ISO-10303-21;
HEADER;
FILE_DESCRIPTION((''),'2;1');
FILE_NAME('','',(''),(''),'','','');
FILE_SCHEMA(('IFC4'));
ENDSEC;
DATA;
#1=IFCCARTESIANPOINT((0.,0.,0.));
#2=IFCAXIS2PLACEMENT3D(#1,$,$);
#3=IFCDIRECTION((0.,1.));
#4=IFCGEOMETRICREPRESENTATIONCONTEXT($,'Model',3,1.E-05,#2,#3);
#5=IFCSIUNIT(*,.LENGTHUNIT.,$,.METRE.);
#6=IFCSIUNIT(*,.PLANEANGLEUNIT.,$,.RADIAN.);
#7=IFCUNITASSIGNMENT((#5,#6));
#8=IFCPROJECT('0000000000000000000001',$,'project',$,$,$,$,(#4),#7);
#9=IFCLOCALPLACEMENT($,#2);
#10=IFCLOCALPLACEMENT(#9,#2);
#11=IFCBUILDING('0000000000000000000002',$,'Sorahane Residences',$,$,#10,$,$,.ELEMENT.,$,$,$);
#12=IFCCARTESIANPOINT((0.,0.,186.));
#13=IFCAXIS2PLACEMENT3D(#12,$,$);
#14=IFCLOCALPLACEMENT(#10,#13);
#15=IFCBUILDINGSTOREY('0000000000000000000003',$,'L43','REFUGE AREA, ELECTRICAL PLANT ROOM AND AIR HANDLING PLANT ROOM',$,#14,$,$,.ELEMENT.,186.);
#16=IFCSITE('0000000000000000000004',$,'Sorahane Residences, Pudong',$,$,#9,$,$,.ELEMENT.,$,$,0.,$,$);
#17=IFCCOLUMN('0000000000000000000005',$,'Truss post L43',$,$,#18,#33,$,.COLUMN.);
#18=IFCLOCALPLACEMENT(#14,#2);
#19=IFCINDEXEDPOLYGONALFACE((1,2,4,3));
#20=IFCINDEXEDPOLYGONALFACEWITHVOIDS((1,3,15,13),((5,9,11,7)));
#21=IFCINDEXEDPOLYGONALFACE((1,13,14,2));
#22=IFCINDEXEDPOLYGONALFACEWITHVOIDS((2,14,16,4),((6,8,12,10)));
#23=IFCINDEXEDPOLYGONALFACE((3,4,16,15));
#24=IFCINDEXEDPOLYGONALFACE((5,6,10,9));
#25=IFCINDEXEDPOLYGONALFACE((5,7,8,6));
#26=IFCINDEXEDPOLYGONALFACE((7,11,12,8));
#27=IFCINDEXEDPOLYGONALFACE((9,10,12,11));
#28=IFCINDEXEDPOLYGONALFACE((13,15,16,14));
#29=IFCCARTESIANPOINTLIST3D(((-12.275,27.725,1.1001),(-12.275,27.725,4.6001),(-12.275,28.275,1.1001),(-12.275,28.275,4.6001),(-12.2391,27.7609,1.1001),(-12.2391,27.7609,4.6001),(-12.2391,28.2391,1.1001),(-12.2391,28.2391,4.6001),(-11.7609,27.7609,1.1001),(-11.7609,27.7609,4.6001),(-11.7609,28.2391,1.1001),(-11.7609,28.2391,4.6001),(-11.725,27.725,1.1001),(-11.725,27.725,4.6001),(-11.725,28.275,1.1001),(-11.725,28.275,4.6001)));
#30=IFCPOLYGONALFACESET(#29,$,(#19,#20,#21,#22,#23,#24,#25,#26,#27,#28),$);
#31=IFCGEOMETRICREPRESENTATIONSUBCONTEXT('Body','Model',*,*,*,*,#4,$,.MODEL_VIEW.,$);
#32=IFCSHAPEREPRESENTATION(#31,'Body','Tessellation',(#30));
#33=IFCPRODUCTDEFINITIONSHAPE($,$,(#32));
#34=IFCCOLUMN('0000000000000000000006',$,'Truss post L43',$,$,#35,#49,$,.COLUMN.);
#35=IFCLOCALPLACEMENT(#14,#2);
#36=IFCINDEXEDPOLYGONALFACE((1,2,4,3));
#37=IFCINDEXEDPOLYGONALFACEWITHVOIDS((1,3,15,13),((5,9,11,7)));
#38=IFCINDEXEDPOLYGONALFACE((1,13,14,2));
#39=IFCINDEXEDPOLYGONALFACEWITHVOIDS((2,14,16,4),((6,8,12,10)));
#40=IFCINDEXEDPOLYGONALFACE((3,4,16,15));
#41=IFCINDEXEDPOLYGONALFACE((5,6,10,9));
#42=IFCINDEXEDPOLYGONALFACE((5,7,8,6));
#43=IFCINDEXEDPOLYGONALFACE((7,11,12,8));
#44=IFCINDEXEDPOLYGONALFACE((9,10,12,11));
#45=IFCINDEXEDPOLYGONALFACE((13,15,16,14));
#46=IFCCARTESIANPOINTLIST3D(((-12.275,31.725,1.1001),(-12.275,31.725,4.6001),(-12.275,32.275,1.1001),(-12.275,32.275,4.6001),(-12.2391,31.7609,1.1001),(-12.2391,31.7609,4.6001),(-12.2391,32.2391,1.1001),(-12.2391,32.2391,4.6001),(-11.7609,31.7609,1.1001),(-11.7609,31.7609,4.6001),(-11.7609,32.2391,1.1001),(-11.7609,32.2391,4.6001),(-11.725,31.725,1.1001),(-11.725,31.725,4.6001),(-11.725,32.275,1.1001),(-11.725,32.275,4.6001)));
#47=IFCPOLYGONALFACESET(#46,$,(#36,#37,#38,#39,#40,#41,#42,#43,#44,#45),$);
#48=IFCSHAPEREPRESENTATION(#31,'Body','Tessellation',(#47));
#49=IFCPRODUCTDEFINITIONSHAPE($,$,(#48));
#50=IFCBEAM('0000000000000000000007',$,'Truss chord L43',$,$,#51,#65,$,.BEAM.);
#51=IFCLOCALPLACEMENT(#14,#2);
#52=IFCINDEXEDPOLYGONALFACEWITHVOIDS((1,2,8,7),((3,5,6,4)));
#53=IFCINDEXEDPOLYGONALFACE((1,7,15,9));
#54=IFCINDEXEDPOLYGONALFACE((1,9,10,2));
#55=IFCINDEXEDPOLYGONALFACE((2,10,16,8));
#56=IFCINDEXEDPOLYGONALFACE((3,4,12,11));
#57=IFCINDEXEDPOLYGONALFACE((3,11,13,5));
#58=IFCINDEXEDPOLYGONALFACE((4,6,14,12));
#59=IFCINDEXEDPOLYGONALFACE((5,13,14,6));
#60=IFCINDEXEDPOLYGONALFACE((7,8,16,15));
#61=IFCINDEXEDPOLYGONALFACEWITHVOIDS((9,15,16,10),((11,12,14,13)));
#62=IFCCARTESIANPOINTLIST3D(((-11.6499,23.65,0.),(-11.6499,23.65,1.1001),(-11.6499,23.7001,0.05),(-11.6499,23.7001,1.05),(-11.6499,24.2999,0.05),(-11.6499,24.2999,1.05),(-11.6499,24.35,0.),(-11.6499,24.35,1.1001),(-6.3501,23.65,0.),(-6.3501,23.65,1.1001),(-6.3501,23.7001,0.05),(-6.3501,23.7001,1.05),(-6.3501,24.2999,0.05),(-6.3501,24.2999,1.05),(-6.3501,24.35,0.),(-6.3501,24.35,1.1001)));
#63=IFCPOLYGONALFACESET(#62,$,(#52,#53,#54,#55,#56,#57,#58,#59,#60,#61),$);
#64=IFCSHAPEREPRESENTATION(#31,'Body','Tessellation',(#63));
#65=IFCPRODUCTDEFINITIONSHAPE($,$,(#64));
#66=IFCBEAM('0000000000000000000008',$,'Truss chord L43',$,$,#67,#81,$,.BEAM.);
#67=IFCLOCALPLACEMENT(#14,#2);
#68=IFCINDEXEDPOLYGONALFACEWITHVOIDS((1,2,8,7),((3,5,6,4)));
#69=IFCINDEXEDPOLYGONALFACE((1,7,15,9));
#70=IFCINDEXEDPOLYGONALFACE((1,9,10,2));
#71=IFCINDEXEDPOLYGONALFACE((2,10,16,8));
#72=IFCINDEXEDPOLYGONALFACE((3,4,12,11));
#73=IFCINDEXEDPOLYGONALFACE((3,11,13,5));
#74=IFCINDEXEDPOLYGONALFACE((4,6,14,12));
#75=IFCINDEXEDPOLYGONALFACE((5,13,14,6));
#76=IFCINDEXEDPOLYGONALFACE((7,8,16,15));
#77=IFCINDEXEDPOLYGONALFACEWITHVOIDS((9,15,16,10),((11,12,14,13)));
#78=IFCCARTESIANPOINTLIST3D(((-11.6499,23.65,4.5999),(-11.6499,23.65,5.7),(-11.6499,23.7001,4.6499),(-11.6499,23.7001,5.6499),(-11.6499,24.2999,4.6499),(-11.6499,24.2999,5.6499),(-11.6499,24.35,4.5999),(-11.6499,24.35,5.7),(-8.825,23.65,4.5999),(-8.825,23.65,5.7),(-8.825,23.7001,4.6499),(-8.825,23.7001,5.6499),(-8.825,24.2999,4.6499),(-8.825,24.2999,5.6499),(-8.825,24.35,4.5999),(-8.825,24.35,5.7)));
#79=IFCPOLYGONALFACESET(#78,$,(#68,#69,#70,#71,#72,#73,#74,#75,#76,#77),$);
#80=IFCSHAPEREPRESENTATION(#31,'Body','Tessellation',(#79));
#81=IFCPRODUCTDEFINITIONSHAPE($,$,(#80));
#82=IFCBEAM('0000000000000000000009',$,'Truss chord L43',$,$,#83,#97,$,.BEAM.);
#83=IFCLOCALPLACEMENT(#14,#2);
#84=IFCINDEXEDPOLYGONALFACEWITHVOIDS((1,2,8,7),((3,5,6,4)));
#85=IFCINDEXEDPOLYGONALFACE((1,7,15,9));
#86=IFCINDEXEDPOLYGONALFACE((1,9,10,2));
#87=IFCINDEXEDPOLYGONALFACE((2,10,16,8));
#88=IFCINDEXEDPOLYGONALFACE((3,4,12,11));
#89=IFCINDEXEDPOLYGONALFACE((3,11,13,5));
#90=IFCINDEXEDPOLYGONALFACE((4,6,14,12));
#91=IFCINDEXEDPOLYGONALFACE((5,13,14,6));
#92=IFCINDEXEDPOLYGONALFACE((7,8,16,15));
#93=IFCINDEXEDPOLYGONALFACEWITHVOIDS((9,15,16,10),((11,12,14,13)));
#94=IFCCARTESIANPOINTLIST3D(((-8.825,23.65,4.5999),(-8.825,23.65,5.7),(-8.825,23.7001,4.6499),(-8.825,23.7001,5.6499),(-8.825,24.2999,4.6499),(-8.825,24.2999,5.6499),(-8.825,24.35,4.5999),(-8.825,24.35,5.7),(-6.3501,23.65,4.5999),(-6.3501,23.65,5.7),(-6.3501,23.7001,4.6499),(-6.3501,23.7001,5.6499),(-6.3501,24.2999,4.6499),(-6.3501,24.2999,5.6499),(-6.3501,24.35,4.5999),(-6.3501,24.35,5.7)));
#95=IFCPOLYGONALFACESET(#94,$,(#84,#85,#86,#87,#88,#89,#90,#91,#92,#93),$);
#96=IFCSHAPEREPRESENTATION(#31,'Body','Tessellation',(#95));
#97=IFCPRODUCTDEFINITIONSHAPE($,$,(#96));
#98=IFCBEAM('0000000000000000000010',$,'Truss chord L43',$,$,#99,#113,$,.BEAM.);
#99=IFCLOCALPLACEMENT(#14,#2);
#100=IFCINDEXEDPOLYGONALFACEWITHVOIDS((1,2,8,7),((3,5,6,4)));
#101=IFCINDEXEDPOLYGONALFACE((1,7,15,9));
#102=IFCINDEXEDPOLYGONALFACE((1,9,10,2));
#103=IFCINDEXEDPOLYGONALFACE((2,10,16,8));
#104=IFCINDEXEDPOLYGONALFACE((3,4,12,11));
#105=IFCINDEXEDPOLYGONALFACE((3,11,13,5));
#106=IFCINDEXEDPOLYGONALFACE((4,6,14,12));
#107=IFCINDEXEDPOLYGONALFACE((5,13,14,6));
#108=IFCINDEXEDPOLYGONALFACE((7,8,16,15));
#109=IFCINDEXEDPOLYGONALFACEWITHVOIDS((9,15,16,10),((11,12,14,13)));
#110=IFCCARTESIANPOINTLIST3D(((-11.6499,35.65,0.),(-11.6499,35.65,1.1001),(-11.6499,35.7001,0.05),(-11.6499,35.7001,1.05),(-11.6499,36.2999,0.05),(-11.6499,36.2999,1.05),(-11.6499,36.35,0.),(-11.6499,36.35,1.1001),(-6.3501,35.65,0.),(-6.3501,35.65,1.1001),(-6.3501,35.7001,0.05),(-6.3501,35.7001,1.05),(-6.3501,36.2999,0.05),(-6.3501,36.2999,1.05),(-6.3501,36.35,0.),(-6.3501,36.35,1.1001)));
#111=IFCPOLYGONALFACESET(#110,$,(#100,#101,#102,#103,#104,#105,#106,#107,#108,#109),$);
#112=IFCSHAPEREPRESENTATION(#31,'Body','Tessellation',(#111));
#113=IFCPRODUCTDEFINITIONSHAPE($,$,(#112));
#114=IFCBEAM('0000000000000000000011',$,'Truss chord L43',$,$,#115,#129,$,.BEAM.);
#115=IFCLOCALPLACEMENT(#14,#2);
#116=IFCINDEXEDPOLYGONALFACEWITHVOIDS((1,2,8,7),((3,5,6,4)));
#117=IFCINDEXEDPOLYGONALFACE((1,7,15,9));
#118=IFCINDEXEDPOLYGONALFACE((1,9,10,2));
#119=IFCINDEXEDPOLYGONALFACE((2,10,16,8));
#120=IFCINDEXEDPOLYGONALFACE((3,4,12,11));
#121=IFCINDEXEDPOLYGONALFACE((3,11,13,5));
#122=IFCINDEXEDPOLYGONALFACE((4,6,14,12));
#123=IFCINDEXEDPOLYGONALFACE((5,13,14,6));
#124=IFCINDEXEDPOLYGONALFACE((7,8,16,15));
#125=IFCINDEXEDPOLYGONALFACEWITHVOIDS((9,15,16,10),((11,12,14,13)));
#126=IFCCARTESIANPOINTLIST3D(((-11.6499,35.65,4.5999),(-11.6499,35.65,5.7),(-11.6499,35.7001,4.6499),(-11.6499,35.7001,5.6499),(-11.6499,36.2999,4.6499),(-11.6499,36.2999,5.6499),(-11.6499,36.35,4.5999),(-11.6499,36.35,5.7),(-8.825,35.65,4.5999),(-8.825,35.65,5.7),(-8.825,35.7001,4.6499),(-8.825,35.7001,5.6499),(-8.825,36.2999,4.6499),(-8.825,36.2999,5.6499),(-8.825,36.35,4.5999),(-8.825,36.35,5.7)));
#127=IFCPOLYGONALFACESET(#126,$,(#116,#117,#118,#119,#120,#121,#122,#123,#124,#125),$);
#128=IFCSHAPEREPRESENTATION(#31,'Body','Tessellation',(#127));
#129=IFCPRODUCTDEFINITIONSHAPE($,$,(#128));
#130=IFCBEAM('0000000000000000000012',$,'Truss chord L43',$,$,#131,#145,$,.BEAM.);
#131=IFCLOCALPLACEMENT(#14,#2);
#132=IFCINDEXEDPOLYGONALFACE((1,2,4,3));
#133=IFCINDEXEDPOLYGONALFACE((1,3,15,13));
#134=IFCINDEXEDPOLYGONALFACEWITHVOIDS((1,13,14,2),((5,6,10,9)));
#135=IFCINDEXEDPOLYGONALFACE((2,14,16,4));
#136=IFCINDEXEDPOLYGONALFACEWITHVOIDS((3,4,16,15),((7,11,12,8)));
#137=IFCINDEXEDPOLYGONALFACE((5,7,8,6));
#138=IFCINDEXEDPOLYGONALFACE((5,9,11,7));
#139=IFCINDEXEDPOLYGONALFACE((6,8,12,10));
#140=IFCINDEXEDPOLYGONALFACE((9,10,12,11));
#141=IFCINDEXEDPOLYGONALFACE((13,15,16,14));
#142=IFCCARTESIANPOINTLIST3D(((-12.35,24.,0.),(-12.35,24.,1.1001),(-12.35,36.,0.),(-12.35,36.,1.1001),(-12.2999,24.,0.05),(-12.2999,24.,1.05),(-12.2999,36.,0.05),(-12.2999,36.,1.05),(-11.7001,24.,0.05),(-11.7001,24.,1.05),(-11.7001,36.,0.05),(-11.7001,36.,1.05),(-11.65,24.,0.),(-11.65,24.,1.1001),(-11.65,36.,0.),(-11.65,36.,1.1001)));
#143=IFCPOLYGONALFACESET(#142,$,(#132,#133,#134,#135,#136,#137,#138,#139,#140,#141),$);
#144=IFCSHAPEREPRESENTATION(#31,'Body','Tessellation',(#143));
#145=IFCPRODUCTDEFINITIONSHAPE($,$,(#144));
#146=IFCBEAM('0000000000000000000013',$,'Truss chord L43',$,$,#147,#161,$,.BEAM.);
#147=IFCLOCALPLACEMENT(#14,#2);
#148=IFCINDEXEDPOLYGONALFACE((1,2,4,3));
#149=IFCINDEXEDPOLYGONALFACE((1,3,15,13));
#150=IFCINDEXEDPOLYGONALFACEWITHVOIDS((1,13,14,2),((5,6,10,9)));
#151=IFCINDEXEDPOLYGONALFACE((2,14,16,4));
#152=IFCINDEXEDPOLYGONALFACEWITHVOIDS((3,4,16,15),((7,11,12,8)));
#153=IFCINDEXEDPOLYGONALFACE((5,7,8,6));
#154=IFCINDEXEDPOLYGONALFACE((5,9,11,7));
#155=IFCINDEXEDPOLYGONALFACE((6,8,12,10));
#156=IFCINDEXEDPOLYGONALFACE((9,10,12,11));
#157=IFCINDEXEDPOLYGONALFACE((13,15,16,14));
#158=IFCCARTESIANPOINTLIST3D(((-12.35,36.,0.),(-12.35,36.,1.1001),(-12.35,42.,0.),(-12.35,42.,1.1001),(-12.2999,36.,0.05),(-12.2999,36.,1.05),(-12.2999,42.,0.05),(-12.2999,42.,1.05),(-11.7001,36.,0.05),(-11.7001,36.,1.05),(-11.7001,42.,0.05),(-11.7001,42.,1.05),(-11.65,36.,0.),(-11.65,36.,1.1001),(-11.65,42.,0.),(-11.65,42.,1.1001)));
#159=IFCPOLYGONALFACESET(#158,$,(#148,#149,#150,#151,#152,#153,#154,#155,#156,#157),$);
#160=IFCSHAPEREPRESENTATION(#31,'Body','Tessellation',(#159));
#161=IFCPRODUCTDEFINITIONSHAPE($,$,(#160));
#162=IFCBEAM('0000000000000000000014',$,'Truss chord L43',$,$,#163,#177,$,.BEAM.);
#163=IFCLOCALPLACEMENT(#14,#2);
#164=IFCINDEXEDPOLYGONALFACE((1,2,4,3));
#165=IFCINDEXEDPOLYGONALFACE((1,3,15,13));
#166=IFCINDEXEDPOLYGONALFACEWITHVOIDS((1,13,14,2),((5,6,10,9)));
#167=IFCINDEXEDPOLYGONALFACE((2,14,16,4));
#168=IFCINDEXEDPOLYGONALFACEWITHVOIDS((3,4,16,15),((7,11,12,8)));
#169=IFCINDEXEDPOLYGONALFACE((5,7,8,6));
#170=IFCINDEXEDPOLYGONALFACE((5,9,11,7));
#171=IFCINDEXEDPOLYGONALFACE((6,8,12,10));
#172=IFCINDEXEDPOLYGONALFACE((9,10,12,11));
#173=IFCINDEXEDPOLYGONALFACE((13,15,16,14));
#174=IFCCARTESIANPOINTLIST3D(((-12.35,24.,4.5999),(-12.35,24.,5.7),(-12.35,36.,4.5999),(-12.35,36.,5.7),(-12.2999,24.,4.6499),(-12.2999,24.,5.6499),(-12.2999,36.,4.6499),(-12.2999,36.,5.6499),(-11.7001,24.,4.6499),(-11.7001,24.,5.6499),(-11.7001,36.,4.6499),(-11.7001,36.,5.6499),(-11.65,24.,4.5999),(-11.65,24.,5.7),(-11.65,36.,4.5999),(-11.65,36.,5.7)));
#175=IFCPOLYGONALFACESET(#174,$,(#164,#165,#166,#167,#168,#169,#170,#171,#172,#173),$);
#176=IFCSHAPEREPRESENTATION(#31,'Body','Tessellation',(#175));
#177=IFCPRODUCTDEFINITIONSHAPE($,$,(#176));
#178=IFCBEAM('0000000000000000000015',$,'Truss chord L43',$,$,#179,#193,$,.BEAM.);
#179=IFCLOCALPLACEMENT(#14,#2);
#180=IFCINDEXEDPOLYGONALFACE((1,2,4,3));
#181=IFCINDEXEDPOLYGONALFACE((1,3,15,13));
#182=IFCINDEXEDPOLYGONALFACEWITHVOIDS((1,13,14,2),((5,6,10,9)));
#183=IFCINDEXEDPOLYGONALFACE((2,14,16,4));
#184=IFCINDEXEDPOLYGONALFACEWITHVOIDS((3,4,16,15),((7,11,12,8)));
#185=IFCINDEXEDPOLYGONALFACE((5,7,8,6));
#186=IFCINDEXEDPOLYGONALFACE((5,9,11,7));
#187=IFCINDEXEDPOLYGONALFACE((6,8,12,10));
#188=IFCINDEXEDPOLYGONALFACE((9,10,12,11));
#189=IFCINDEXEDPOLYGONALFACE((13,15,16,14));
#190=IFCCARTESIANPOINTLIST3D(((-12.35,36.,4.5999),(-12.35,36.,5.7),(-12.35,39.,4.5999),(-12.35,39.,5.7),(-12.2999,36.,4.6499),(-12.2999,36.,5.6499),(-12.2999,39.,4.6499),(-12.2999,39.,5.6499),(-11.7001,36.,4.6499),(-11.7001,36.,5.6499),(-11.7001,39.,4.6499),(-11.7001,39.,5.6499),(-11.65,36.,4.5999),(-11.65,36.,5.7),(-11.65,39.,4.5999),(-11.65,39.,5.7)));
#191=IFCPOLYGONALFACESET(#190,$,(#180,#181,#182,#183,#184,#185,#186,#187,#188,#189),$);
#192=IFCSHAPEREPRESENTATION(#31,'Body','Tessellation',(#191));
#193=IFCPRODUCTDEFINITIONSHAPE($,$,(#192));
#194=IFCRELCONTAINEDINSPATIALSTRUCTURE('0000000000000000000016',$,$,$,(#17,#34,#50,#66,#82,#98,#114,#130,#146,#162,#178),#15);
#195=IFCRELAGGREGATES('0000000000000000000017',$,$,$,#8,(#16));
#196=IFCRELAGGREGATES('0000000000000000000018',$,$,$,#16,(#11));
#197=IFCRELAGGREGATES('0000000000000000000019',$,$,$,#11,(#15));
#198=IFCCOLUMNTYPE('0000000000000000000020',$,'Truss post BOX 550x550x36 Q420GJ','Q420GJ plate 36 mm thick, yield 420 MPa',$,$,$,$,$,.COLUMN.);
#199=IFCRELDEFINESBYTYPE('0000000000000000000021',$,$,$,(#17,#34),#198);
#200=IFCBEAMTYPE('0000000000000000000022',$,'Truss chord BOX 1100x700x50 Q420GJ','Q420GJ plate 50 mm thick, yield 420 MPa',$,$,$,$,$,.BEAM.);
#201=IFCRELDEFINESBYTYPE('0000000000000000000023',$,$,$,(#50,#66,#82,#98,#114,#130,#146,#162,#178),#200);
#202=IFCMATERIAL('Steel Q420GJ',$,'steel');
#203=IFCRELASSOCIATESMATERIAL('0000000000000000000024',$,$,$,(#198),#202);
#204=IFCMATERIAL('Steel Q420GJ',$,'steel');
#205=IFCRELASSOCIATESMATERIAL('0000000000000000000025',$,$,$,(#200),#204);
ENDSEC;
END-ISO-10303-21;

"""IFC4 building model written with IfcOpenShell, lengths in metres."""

from ifc_helpers import new_model, si_unit, direction, frame, origin, origin_2d, place, context, subcontext, project, spatial, hollow_rectangle, extrude, material, material_profile, profile_set, type_object, element, save


model = new_model("IFC4")

# Units and contexts
model_context = context("Model", 3, precision=1e-05, world=origin(), true_north=direction((0.0, 1.0)))
body_context = subcontext(model_context, "Body", "Model", "MODEL_VIEW")
ifc_project = project(units=[si_unit("LENGTHUNIT", "METRE"), si_unit("PLANEANGLEUNIT", "RADIAN")], contexts=[model_context])

# Site, building, storey
site_placement = place(None, origin())
site = spatial("IfcSite", under=ifc_project, at=site_placement, Name="Sorahane Residences, Pudong", CompositionType="ELEMENT", RefElevation=0.0)
building_placement = place(site_placement, origin())
building = spatial("IfcBuilding", under=site, at=building_placement, Name="Sorahane Residences", CompositionType="ELEMENT")
storey_placement = place(building_placement, frame((0.0, 0.0, 186.0)))
storey = spatial("IfcBuildingStorey", under=building, at=storey_placement, Name="L43", Description="REFUGE AREA, ELECTRICAL PLANT ROOM AND AIR HANDLING PLANT ROOM", CompositionType="ELEMENT", Elevation=186.0)

# Columns
ifc_material_1 = material(Name="Steel Q420GJ", Category="steel")
ifc_material_profile_1 = material_profile(ifc_material_1, hollow_rectangle(XDim=0.55, YDim=0.55, WallThickness=0.0359, at=origin_2d()), Name="BOX 550x550x36")
ifc_profile_set_1 = profile_set([ifc_material_profile_1], Name="Steel Q420GJ")
column_type = type_object("IfcColumnType", Name="Truss post BOX 550x550x36 Q420GJ", Description="Q420GJ plate 36 mm thick, yield 420 MPa", PredefinedType="COLUMN", material=ifc_profile_set_1)
for number, where, z_axis, x_axis, name in (
    (1, (-12.0, 28.0, 1.1001), (0.0, 0.0, 1.0), (1.0, 0.0, 0.0), "Truss post L43"),
    (2, (-12.0, 32.0, 1.1001), (0.0, 0.0, 1.0), (1.0, 0.0, 0.0), "Truss post L43"),
):
    element("IfcColumn", number, at=place(storey_placement, frame(where, z_axis=z_axis, x_axis=x_axis)), inside=storey, type_object=column_type, Name=name, PredefinedType="COLUMN", context=body_context, shape_type="SweptSolid", body=[
        extrude(hollow_rectangle(XDim=0.55, YDim=0.55, WallThickness=0.0359, at=origin_2d()), origin(), (0.0, 0.0, 1.0), 3.5),
    ])

# Beams
ifc_material_2 = material(Name="Steel Q420GJ", Category="steel")
ifc_material_profile_2 = material_profile(ifc_material_2, hollow_rectangle(XDim=0.7, YDim=1.1001, WallThickness=0.05, at=origin_2d()), Name="BOX 1100x700x50")
ifc_profile_set_2 = profile_set([ifc_material_profile_2], Name="Steel Q420GJ")
beam_type = type_object("IfcBeamType", Name="Truss chord BOX 1100x700x50 Q420GJ", Description="Q420GJ plate 50 mm thick, yield 420 MPa", PredefinedType="BEAM", material=ifc_profile_set_2)
beam_1_placement = place(storey_placement, frame((-11.6499, 24.0, 0.55), z_axis=(1.0, 0.0, 0.0), x_axis=(0.0, 1.0, 0.0)))
element("IfcBeam", 3, at=beam_1_placement, inside=storey, type_object=beam_type, Name="Truss chord L43", PredefinedType="BEAM", context=body_context, shape_type="SweptSolid", body=[
    extrude(hollow_rectangle(XDim=0.7, YDim=1.1001, WallThickness=0.05, at=origin_2d()), origin(), (0.0, 0.0, 1.0), 5.2998),
])
beam_2_placement = place(storey_placement, frame((-11.6499, 24.0, 5.1499), z_axis=(1.0, 0.0, 0.0), x_axis=(0.0, 1.0, 0.0)))
element("IfcBeam", 4, at=beam_2_placement, inside=storey, type_object=beam_type, Name="Truss chord L43", PredefinedType="BEAM", context=body_context, shape_type="SweptSolid", body=[
    extrude(hollow_rectangle(XDim=0.7, YDim=1.1001, WallThickness=0.05, at=origin_2d()), origin(), (0.0, 0.0, 1.0), 2.825),
])
beam_3_placement = place(storey_placement, frame((-8.825, 24.0, 5.1499), z_axis=(1.0, 0.0, 0.0), x_axis=(0.0, 1.0, 0.0)))
element("IfcBeam", 5, at=beam_3_placement, inside=storey, type_object=beam_type, Name="Truss chord L43", PredefinedType="BEAM", context=body_context, shape_type="SweptSolid", body=[
    extrude(hollow_rectangle(XDim=0.7, YDim=1.1001, WallThickness=0.05, at=origin_2d()), origin(), (0.0, 0.0, 1.0), 2.4749),
])
beam_4_placement = place(storey_placement, frame((-11.6499, 36.0, 0.55), z_axis=(1.0, 0.0, 0.0), x_axis=(0.0, 1.0, 0.0)))
element("IfcBeam", 6, at=beam_4_placement, inside=storey, type_object=beam_type, Name="Truss chord L43", PredefinedType="BEAM", context=body_context, shape_type="SweptSolid", body=[
    extrude(hollow_rectangle(XDim=0.7, YDim=1.1001, WallThickness=0.05, at=origin_2d()), origin(), (0.0, 0.0, 1.0), 5.2998),
])
beam_5_placement = place(storey_placement, frame((-11.6499, 36.0, 5.1499), z_axis=(1.0, 0.0, 0.0), x_axis=(0.0, 1.0, 0.0)))
element("IfcBeam", 7, at=beam_5_placement, inside=storey, type_object=beam_type, Name="Truss chord L43", PredefinedType="BEAM", context=body_context, shape_type="SweptSolid", body=[
    extrude(hollow_rectangle(XDim=0.7, YDim=1.1001, WallThickness=0.05, at=origin_2d()), origin(), (0.0, 0.0, 1.0), 2.825),
])
beam_6_placement = place(storey_placement, frame((-12.0, 24.0, 0.55), z_axis=(0.0, 1.0, 0.0), x_axis=(-1.0, 0.0, 0.0)))
element("IfcBeam", 8, at=beam_6_placement, inside=storey, type_object=beam_type, Name="Truss chord L43", PredefinedType="BEAM", context=body_context, shape_type="SweptSolid", body=[
    extrude(hollow_rectangle(XDim=0.7, YDim=1.1001, WallThickness=0.05, at=origin_2d()), origin(), (0.0, 0.0, 1.0), 12.0),
])
beam_7_placement = place(storey_placement, frame((-12.0, 36.0, 0.55), z_axis=(0.0, 1.0, 0.0), x_axis=(-1.0, 0.0, 0.0)))
element("IfcBeam", 9, at=beam_7_placement, inside=storey, type_object=beam_type, Name="Truss chord L43", PredefinedType="BEAM", context=body_context, shape_type="SweptSolid", body=[
    extrude(hollow_rectangle(XDim=0.7, YDim=1.1001, WallThickness=0.05, at=origin_2d()), origin(), (0.0, 0.0, 1.0), 6.0),
])
beam_8_placement = place(storey_placement, frame((-12.0, 24.0, 5.1499), z_axis=(0.0, 1.0, 0.0), x_axis=(-1.0, 0.0, 0.0)))
element("IfcBeam", 10, at=beam_8_placement, inside=storey, type_object=beam_type, Name="Truss chord L43", PredefinedType="BEAM", context=body_context, shape_type="SweptSolid", body=[
    extrude(hollow_rectangle(XDim=0.7, YDim=1.1001, WallThickness=0.05, at=origin_2d()), origin(), (0.0, 0.0, 1.0), 12.0),
])
beam_9_placement = place(storey_placement, frame((-12.0, 36.0, 5.1499), z_axis=(0.0, 1.0, 0.0), x_axis=(-1.0, 0.0, 0.0)))
element("IfcBeam", 11, at=beam_9_placement, inside=storey, type_object=beam_type, Name="Truss chord L43", PredefinedType="BEAM", context=body_context, shape_type="SweptSolid", body=[
    extrude(hollow_rectangle(XDim=0.7, YDim=1.1001, WallThickness=0.05, at=origin_2d()), origin(), (0.0, 0.0, 1.0), 3.0),
])

save(model, "model.ifc")
